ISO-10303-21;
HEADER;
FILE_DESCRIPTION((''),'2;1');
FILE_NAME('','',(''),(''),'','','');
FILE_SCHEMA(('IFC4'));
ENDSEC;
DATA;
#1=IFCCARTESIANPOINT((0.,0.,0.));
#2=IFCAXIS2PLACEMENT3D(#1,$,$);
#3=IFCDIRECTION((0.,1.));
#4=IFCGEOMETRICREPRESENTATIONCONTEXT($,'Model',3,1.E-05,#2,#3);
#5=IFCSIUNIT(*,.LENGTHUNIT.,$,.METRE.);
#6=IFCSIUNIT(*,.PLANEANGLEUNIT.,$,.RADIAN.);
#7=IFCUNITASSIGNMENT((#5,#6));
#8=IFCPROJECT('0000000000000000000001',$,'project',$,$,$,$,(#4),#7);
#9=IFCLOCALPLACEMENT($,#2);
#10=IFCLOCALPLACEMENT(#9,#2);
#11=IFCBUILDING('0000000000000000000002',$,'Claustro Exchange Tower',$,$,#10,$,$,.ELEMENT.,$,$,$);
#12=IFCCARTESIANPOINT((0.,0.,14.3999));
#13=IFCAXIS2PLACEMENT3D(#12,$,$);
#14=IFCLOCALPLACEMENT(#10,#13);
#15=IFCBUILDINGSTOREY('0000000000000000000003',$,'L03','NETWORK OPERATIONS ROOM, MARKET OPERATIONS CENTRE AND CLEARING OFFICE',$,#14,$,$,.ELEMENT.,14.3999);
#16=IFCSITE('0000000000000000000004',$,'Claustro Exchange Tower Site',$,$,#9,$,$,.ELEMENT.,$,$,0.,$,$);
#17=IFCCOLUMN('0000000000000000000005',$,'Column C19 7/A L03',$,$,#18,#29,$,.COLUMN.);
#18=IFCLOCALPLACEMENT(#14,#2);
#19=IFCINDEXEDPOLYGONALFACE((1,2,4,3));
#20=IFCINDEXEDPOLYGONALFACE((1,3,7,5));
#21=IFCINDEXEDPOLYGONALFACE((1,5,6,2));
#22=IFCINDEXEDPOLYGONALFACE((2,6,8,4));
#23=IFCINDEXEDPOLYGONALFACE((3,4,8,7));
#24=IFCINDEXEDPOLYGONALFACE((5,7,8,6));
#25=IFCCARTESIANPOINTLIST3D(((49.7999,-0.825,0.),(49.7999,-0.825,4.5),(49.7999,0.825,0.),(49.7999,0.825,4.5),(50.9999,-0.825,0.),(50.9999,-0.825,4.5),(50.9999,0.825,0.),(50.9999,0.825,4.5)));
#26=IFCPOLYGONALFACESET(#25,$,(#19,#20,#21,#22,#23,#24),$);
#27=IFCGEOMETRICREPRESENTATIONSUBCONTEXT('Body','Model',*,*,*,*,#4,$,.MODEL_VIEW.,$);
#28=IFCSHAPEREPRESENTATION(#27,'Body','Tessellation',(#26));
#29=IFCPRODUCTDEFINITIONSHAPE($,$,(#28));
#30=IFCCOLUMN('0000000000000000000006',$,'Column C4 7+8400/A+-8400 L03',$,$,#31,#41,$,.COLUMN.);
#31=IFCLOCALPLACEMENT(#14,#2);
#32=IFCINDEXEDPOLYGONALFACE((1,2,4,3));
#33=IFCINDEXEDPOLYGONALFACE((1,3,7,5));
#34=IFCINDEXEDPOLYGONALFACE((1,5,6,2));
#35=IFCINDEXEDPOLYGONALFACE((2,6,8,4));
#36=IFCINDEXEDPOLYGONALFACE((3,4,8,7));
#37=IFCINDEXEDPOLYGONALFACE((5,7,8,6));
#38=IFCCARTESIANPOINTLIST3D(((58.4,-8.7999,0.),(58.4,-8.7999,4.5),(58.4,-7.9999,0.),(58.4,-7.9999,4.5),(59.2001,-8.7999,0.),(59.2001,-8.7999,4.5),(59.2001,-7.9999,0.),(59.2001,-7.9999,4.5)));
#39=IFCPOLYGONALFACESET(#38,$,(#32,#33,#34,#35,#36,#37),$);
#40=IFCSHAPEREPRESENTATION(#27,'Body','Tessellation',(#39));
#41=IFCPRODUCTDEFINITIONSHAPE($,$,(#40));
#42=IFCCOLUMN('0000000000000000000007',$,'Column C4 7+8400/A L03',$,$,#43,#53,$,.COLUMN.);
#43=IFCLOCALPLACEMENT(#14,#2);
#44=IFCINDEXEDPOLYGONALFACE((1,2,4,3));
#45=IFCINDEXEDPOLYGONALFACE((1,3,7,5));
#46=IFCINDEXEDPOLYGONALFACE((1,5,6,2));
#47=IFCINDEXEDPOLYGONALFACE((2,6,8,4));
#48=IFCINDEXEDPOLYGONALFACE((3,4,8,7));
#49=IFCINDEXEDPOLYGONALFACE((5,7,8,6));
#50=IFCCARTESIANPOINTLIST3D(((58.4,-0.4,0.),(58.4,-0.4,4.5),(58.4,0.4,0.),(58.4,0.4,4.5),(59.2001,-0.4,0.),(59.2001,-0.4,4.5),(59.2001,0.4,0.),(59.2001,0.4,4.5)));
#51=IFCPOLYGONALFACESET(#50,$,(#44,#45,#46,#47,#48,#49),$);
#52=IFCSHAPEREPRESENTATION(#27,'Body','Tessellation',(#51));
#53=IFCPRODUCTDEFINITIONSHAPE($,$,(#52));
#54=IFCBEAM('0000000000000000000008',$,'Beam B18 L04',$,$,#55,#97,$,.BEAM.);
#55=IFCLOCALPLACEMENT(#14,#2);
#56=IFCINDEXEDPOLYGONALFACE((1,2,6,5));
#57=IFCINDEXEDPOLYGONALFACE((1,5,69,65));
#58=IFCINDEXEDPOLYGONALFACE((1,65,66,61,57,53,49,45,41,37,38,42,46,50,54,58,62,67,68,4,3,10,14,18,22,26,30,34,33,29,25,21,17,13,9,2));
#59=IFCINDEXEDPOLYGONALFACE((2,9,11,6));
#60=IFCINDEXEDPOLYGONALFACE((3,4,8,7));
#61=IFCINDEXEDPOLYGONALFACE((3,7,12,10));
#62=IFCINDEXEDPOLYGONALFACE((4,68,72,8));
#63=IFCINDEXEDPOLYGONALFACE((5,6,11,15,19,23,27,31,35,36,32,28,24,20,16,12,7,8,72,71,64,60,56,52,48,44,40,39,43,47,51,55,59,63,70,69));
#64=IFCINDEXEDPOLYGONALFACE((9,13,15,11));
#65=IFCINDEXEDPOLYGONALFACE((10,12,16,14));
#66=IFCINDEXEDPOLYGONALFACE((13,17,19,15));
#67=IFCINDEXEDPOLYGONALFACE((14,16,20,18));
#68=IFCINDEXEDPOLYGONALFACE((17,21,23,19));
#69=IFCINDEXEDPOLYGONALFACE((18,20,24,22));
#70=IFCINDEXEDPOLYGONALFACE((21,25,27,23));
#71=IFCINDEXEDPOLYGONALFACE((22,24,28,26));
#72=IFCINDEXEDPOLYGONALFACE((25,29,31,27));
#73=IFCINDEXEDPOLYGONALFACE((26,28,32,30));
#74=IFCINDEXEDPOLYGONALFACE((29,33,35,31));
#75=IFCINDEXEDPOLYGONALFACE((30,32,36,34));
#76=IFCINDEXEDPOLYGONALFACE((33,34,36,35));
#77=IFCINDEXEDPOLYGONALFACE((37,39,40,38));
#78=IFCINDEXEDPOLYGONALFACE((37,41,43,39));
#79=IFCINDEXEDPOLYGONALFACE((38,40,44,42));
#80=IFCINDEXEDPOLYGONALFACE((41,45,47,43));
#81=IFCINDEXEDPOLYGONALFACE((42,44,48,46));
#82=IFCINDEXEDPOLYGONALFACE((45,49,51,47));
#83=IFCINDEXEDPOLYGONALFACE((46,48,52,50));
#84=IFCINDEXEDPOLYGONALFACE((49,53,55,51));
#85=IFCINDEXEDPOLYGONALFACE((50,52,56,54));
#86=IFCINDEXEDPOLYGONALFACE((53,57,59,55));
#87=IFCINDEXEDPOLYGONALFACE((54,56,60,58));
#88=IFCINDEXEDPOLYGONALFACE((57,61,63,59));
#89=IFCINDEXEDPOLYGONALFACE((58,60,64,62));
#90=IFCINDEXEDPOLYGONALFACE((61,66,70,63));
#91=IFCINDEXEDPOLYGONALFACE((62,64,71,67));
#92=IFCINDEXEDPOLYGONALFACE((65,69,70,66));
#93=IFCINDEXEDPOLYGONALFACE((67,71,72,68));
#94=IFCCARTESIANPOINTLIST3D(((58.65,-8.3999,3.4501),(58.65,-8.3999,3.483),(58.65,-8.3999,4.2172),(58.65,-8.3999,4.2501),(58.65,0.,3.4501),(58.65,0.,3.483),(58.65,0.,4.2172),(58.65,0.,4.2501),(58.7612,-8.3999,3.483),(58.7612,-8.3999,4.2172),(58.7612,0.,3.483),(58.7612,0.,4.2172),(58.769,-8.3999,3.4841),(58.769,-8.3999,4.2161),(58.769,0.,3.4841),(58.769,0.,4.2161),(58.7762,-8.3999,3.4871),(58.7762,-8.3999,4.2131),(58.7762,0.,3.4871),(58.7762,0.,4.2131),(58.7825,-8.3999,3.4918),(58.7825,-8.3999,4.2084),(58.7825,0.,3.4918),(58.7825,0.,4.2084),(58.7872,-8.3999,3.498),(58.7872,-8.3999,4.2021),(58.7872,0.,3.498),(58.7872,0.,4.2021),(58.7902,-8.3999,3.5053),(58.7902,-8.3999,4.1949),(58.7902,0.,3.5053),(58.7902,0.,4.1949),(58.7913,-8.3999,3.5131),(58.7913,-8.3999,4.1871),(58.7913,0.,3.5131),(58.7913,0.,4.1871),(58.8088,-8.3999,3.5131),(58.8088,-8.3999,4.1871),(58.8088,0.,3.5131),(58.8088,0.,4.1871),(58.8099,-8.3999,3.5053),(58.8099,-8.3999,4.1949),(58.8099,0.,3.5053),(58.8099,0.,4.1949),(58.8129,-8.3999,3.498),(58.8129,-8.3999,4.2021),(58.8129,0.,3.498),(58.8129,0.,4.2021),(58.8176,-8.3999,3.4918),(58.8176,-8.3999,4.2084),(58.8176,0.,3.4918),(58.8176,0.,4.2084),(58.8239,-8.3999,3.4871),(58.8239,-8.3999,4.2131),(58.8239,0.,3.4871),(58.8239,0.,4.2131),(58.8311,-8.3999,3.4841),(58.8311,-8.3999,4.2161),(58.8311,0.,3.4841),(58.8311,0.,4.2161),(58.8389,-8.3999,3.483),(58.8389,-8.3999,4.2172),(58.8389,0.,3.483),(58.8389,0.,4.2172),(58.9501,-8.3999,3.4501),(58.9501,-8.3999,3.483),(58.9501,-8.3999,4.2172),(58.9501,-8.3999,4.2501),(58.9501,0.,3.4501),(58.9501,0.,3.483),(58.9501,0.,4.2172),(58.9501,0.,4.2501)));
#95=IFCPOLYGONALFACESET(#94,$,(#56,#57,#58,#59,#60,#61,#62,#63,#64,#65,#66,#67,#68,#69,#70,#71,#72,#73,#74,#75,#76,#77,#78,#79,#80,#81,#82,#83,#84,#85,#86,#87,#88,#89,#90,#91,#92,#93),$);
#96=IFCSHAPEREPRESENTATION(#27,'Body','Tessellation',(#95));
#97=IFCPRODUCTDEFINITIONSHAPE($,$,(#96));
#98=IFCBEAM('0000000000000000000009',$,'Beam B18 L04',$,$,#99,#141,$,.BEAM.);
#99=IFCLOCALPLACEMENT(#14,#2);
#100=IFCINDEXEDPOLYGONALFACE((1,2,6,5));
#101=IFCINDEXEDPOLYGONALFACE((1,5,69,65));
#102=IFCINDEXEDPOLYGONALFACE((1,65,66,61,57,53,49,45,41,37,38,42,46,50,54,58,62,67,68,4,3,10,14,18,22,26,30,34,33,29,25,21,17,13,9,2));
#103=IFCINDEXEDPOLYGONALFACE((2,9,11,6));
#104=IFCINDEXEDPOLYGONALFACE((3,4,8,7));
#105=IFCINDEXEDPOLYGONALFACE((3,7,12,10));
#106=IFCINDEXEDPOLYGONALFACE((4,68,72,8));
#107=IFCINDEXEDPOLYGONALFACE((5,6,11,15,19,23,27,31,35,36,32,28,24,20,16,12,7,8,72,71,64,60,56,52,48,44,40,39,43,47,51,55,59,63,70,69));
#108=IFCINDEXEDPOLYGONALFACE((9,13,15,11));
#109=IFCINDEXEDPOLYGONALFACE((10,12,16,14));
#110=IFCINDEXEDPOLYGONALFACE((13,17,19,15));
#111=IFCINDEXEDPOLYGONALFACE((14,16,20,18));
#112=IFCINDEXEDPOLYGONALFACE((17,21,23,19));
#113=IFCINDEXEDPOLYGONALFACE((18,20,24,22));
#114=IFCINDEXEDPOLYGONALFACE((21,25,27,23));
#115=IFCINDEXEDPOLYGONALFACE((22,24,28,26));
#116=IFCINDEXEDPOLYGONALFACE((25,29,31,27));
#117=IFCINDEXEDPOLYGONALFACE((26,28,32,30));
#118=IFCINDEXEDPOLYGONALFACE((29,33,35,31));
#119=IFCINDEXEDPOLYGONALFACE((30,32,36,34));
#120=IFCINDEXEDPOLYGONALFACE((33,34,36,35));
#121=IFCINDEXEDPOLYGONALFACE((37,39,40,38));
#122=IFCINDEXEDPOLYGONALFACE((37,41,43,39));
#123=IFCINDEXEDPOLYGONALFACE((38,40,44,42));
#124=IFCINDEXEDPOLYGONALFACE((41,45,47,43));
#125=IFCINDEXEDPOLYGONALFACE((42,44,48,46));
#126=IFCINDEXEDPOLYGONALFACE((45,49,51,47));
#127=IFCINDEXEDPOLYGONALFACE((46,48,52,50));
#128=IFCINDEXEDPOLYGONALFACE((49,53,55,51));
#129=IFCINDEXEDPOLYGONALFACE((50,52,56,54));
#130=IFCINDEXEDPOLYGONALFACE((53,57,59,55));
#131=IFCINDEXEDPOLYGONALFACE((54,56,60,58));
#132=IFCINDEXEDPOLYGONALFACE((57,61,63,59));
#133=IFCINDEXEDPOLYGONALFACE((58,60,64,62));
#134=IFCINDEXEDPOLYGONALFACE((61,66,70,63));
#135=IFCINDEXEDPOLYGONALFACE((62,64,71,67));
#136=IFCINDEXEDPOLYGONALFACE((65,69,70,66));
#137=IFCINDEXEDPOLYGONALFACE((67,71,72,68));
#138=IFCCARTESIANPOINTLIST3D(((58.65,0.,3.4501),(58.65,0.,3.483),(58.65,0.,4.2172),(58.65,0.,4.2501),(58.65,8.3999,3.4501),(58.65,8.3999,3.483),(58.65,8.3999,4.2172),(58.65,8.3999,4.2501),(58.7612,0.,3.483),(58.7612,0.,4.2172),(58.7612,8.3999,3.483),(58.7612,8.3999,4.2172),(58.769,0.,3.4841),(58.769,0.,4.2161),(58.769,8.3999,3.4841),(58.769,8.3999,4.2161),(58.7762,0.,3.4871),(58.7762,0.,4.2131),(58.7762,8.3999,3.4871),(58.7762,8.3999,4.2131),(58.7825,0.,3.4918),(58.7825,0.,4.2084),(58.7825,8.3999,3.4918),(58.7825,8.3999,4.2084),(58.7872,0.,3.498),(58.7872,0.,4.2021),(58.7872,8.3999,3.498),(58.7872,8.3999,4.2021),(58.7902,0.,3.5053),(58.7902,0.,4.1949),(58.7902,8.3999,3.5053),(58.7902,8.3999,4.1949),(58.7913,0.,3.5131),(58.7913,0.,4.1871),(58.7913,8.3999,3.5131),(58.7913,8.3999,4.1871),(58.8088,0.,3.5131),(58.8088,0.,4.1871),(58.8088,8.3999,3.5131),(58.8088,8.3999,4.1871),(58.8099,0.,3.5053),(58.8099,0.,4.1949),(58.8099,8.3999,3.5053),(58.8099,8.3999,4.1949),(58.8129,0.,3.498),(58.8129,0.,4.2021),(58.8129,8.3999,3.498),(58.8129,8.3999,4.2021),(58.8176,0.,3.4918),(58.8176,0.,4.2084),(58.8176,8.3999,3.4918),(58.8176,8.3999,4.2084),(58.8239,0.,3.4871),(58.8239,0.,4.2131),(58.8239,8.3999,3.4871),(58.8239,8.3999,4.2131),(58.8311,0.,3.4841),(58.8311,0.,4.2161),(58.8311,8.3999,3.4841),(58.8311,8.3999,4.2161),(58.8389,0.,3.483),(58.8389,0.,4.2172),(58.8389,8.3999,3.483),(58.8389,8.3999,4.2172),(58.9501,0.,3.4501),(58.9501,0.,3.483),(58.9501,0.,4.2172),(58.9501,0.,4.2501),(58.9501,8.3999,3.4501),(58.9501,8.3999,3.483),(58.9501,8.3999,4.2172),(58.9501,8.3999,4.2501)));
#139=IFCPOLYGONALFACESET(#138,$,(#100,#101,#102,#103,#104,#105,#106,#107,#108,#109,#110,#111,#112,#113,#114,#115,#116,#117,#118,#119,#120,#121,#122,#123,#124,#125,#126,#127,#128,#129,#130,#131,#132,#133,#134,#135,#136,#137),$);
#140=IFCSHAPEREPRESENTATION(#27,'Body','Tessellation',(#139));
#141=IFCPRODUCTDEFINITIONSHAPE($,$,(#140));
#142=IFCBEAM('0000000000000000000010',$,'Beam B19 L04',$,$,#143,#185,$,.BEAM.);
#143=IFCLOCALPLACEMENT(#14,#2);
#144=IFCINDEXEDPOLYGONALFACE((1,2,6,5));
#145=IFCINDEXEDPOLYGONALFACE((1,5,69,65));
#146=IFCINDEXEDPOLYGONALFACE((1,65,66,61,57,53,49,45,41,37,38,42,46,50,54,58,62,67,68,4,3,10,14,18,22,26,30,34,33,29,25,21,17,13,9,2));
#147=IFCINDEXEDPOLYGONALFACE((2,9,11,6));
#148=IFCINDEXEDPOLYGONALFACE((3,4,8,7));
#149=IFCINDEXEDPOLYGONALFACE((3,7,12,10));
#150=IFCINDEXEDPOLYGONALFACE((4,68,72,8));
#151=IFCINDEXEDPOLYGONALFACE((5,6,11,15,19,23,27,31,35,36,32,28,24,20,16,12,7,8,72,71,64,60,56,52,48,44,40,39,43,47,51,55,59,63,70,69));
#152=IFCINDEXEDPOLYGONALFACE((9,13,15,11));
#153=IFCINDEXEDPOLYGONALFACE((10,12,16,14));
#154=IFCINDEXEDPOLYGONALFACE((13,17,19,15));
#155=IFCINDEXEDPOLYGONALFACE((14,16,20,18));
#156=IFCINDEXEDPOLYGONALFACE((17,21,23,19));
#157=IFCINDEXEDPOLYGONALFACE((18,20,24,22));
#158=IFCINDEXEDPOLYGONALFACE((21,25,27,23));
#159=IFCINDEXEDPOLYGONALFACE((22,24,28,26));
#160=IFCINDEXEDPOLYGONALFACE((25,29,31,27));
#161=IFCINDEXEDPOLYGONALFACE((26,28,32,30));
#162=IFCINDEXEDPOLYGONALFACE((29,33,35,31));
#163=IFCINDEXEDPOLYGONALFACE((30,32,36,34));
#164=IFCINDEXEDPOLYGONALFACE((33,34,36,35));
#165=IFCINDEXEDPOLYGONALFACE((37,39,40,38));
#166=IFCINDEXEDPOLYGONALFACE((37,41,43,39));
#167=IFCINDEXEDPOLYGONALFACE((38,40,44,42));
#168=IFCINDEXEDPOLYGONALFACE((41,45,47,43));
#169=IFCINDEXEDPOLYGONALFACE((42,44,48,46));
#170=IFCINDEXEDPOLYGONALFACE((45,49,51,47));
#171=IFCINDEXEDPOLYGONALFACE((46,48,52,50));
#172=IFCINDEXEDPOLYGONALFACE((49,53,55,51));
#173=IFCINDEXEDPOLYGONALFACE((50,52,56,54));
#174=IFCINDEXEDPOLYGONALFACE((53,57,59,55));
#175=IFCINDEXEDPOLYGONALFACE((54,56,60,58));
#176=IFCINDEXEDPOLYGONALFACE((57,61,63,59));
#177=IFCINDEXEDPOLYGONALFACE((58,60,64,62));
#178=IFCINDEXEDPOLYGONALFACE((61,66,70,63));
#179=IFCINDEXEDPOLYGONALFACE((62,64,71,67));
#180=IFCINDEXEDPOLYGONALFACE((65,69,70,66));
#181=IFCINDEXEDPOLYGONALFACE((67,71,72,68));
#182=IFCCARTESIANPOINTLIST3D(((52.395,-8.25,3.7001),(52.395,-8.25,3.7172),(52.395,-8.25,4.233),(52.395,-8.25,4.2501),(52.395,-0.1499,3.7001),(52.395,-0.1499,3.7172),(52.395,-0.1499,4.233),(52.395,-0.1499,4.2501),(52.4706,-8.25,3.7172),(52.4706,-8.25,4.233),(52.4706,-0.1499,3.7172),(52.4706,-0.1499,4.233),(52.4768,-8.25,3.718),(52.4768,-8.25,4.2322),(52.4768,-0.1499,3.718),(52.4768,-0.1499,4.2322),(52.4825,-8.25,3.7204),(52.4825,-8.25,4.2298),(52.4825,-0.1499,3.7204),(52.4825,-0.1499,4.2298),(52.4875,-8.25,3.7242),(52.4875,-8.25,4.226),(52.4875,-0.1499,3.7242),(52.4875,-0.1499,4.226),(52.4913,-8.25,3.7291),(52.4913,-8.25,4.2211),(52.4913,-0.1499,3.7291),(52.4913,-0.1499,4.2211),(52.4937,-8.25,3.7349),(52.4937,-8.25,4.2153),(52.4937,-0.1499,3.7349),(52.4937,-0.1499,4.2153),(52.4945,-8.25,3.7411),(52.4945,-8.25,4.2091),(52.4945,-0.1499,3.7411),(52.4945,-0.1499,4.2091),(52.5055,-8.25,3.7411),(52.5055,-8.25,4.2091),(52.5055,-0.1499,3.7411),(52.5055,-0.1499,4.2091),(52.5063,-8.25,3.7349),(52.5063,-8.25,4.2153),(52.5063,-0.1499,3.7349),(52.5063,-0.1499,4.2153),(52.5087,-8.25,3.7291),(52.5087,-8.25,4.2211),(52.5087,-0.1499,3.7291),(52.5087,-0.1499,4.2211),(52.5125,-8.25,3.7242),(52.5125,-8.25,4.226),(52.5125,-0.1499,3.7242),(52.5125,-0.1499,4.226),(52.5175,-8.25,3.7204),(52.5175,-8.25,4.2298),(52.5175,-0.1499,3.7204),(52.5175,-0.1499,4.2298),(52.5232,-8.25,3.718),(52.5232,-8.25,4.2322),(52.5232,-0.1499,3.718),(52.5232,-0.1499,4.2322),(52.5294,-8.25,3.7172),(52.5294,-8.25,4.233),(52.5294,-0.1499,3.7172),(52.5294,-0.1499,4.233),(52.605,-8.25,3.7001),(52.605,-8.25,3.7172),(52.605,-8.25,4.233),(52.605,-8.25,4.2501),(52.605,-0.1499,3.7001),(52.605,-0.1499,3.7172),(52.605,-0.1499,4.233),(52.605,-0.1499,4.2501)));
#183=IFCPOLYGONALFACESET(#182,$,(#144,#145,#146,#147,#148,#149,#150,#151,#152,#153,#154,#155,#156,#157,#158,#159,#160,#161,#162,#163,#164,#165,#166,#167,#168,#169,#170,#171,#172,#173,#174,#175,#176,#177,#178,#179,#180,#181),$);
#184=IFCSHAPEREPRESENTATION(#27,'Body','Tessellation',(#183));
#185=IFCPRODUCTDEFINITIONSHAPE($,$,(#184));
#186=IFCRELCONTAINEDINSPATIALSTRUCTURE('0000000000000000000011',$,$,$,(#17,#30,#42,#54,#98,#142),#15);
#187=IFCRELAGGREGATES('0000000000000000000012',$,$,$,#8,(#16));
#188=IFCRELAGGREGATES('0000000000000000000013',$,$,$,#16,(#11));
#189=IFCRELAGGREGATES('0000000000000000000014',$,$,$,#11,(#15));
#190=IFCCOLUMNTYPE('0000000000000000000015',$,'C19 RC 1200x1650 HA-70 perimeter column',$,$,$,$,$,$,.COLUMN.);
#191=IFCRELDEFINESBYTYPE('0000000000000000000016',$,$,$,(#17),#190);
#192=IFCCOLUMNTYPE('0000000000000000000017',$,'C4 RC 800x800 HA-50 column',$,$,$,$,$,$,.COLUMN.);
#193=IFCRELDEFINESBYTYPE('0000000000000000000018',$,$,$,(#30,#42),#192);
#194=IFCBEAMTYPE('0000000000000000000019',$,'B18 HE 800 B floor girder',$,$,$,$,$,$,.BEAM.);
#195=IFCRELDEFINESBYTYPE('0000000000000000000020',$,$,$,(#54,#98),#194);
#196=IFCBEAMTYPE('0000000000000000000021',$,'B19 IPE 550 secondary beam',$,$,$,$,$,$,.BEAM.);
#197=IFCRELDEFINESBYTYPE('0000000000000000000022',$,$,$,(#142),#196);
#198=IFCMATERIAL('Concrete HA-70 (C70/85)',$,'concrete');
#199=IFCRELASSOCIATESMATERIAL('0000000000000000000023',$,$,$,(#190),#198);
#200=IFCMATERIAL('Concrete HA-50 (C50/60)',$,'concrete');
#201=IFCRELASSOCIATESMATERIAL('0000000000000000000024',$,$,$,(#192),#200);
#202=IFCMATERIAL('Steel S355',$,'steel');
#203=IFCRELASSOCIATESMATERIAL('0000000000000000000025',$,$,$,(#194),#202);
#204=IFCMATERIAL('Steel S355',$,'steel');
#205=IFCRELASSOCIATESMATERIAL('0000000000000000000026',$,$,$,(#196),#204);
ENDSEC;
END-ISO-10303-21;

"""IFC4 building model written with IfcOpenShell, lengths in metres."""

from ifc_helpers import new_model, si_unit, direction, frame, origin, origin_2d, place, context, subcontext, project, spatial, rectangle, i_section, extrude, material, material_profile, profile_set, type_object, element, save


model = new_model("IFC4")

# Units and contexts
model_context = context("Model", 3, precision=1e-05, world=origin(), true_north=direction((0.0, 1.0)))
body_context = subcontext(model_context, "Body", "Model", "MODEL_VIEW")
ifc_project = project(units=[si_unit("LENGTHUNIT", "METRE"), si_unit("PLANEANGLEUNIT", "RADIAN")], contexts=[model_context])

# Site, building, storey
site_placement = place(None, origin())
site = spatial("IfcSite", under=ifc_project, at=site_placement, Name="Claustro Exchange Tower Site", CompositionType="ELEMENT", RefElevation=0.0)
building_placement = place(site_placement, origin())
building = spatial("IfcBuilding", under=site, at=building_placement, Name="Claustro Exchange Tower", CompositionType="ELEMENT")
storey_placement = place(building_placement, frame((0.0, 0.0, 14.3999)))
storey = spatial("IfcBuildingStorey", under=building, at=storey_placement, Name="L03", Description="NETWORK OPERATIONS ROOM, MARKET OPERATIONS CENTRE AND CLEARING OFFICE", CompositionType="ELEMENT", Elevation=14.3999)

# Columns
ifc_material_1 = material(Name="Concrete HA-70 (C70/85)", Category="concrete")
ifc_material_profile_1 = material_profile(ifc_material_1, rectangle(XDim=1.2, YDim=1.6499, at=origin_2d()), Name="RC 1200x1650")
ifc_profile_set_1 = profile_set([ifc_material_profile_1], Name="Concrete HA-70 (C70/85)")
column_type_1 = type_object("IfcColumnType", Name="C19 RC 1200x1650 HA-70 perimeter column", PredefinedType="COLUMN", material=ifc_profile_set_1)
column_placement = place(storey_placement, frame((50.3999, 0.0, 0.0), z_axis=(0.0, 0.0, 1.0), x_axis=(1.0, 0.0, 0.0)))
element("IfcColumn", 1, at=column_placement, inside=storey, type_object=column_type_1, Name="Column C19 7/A L03", PredefinedType="COLUMN", context=body_context, shape_type="SweptSolid", body=[
    extrude(rectangle(XDim=1.2, YDim=1.6499, at=origin_2d()), origin(), (0.0, 0.0, 1.0), 4.5),
])
ifc_material_2 = material(Name="Concrete HA-50 (C50/60)", Category="concrete")
ifc_material_profile_2 = material_profile(ifc_material_2, rectangle(XDim=0.8, YDim=0.8, at=origin_2d()), Name="RC 800x800")
ifc_profile_set_2 = profile_set([ifc_material_profile_2], Name="Concrete HA-50 (C50/60)")
column_type_2 = type_object("IfcColumnType", Name="C4 RC 800x800 HA-50 column", PredefinedType="COLUMN", material=ifc_profile_set_2)
for number, where, z_axis, x_axis, name in (
    (2, (58.8, -8.3999, 0.0), (0.0, 0.0, 1.0), (1.0, 0.0, 0.0), "Column C4 7+8400/A+-8400 L03"),
    (3, (58.8, 0.0, 0.0), (0.0, 0.0, 1.0), (1.0, 0.0, 0.0), "Column C4 7+8400/A L03"),
):
    element("IfcColumn", number, at=place(storey_placement, frame(where, z_axis=z_axis, x_axis=x_axis)), inside=storey, type_object=column_type_2, Name=name, PredefinedType="COLUMN", context=body_context, shape_type="SweptSolid", body=[
        extrude(rectangle(XDim=0.8, YDim=0.8, at=origin_2d()), origin(), (0.0, 0.0, 1.0), 4.5),
    ])

# Beams
ifc_material_3 = material(Name="Steel S355", Category="steel")
ifc_material_profile_3 = material_profile(ifc_material_3, i_section(OverallWidth=0.3, OverallDepth=0.8, WebThickness=0.0176, FlangeThickness=0.033, FilletRadius=0.03, at=origin_2d()), Name="HE 800 B")
ifc_profile_set_3 = profile_set([ifc_material_profile_3], Name="Steel S355")
beam_type_1 = type_object("IfcBeamType", Name="B18 HE 800 B floor girder", PredefinedType="BEAM", material=ifc_profile_set_3)
for number, where, z_axis, x_axis, name in (
    (4, (58.8, -8.3999, 3.8501), (0.0, 1.0, 0.0), (-1.0, 0.0, 0.0), "Beam B18 L04"),
    (5, (58.8, 0.0, 3.8501), (0.0, 1.0, 0.0), (-1.0, 0.0, 0.0), "Beam B18 L04"),
):
    element("IfcBeam", number, at=place(storey_placement, frame(where, z_axis=z_axis, x_axis=x_axis)), inside=storey, type_object=beam_type_1, Name=name, PredefinedType="BEAM", context=body_context, shape_type="SweptSolid", body=[
        extrude(i_section(OverallWidth=0.3, OverallDepth=0.8, WebThickness=0.0176, FlangeThickness=0.033, FilletRadius=0.03, at=origin_2d()), origin(), (0.0, 0.0, 1.0), 8.3999),
    ])
ifc_material_4 = material(Name="Steel S355", Category="steel")
ifc_material_profile_4 = material_profile(ifc_material_4, i_section(OverallWidth=0.21, OverallDepth=0.55, WebThickness=0.011, FlangeThickness=0.0171, FilletRadius=0.0239, at=origin_2d()), Name="IPE 550")
ifc_profile_set_4 = profile_set([ifc_material_profile_4], Name="Steel S355")
beam_type_2 = type_object("IfcBeamType", Name="B19 IPE 550 secondary beam", PredefinedType="BEAM", material=ifc_profile_set_4)
for number, where, z_axis, x_axis, name in (
    (6, (52.5, -8.25, 3.9751), (0.0, 1.0, 0.0), (-1.0, 0.0, 0.0), "Beam B19 L04"),
):
    element("IfcBeam", number, at=place(storey_placement, frame(where, z_axis=z_axis, x_axis=x_axis)), inside=storey, type_object=beam_type_2, Name=name, PredefinedType="BEAM", context=body_context, shape_type="SweptSolid", body=[
        extrude(i_section(OverallWidth=0.21, OverallDepth=0.55, WebThickness=0.011, FlangeThickness=0.0171, FilletRadius=0.0239, at=origin_2d()), origin(), (0.0, 0.0, 1.0), 8.1001),
    ])

save(model, "model.ifc")
